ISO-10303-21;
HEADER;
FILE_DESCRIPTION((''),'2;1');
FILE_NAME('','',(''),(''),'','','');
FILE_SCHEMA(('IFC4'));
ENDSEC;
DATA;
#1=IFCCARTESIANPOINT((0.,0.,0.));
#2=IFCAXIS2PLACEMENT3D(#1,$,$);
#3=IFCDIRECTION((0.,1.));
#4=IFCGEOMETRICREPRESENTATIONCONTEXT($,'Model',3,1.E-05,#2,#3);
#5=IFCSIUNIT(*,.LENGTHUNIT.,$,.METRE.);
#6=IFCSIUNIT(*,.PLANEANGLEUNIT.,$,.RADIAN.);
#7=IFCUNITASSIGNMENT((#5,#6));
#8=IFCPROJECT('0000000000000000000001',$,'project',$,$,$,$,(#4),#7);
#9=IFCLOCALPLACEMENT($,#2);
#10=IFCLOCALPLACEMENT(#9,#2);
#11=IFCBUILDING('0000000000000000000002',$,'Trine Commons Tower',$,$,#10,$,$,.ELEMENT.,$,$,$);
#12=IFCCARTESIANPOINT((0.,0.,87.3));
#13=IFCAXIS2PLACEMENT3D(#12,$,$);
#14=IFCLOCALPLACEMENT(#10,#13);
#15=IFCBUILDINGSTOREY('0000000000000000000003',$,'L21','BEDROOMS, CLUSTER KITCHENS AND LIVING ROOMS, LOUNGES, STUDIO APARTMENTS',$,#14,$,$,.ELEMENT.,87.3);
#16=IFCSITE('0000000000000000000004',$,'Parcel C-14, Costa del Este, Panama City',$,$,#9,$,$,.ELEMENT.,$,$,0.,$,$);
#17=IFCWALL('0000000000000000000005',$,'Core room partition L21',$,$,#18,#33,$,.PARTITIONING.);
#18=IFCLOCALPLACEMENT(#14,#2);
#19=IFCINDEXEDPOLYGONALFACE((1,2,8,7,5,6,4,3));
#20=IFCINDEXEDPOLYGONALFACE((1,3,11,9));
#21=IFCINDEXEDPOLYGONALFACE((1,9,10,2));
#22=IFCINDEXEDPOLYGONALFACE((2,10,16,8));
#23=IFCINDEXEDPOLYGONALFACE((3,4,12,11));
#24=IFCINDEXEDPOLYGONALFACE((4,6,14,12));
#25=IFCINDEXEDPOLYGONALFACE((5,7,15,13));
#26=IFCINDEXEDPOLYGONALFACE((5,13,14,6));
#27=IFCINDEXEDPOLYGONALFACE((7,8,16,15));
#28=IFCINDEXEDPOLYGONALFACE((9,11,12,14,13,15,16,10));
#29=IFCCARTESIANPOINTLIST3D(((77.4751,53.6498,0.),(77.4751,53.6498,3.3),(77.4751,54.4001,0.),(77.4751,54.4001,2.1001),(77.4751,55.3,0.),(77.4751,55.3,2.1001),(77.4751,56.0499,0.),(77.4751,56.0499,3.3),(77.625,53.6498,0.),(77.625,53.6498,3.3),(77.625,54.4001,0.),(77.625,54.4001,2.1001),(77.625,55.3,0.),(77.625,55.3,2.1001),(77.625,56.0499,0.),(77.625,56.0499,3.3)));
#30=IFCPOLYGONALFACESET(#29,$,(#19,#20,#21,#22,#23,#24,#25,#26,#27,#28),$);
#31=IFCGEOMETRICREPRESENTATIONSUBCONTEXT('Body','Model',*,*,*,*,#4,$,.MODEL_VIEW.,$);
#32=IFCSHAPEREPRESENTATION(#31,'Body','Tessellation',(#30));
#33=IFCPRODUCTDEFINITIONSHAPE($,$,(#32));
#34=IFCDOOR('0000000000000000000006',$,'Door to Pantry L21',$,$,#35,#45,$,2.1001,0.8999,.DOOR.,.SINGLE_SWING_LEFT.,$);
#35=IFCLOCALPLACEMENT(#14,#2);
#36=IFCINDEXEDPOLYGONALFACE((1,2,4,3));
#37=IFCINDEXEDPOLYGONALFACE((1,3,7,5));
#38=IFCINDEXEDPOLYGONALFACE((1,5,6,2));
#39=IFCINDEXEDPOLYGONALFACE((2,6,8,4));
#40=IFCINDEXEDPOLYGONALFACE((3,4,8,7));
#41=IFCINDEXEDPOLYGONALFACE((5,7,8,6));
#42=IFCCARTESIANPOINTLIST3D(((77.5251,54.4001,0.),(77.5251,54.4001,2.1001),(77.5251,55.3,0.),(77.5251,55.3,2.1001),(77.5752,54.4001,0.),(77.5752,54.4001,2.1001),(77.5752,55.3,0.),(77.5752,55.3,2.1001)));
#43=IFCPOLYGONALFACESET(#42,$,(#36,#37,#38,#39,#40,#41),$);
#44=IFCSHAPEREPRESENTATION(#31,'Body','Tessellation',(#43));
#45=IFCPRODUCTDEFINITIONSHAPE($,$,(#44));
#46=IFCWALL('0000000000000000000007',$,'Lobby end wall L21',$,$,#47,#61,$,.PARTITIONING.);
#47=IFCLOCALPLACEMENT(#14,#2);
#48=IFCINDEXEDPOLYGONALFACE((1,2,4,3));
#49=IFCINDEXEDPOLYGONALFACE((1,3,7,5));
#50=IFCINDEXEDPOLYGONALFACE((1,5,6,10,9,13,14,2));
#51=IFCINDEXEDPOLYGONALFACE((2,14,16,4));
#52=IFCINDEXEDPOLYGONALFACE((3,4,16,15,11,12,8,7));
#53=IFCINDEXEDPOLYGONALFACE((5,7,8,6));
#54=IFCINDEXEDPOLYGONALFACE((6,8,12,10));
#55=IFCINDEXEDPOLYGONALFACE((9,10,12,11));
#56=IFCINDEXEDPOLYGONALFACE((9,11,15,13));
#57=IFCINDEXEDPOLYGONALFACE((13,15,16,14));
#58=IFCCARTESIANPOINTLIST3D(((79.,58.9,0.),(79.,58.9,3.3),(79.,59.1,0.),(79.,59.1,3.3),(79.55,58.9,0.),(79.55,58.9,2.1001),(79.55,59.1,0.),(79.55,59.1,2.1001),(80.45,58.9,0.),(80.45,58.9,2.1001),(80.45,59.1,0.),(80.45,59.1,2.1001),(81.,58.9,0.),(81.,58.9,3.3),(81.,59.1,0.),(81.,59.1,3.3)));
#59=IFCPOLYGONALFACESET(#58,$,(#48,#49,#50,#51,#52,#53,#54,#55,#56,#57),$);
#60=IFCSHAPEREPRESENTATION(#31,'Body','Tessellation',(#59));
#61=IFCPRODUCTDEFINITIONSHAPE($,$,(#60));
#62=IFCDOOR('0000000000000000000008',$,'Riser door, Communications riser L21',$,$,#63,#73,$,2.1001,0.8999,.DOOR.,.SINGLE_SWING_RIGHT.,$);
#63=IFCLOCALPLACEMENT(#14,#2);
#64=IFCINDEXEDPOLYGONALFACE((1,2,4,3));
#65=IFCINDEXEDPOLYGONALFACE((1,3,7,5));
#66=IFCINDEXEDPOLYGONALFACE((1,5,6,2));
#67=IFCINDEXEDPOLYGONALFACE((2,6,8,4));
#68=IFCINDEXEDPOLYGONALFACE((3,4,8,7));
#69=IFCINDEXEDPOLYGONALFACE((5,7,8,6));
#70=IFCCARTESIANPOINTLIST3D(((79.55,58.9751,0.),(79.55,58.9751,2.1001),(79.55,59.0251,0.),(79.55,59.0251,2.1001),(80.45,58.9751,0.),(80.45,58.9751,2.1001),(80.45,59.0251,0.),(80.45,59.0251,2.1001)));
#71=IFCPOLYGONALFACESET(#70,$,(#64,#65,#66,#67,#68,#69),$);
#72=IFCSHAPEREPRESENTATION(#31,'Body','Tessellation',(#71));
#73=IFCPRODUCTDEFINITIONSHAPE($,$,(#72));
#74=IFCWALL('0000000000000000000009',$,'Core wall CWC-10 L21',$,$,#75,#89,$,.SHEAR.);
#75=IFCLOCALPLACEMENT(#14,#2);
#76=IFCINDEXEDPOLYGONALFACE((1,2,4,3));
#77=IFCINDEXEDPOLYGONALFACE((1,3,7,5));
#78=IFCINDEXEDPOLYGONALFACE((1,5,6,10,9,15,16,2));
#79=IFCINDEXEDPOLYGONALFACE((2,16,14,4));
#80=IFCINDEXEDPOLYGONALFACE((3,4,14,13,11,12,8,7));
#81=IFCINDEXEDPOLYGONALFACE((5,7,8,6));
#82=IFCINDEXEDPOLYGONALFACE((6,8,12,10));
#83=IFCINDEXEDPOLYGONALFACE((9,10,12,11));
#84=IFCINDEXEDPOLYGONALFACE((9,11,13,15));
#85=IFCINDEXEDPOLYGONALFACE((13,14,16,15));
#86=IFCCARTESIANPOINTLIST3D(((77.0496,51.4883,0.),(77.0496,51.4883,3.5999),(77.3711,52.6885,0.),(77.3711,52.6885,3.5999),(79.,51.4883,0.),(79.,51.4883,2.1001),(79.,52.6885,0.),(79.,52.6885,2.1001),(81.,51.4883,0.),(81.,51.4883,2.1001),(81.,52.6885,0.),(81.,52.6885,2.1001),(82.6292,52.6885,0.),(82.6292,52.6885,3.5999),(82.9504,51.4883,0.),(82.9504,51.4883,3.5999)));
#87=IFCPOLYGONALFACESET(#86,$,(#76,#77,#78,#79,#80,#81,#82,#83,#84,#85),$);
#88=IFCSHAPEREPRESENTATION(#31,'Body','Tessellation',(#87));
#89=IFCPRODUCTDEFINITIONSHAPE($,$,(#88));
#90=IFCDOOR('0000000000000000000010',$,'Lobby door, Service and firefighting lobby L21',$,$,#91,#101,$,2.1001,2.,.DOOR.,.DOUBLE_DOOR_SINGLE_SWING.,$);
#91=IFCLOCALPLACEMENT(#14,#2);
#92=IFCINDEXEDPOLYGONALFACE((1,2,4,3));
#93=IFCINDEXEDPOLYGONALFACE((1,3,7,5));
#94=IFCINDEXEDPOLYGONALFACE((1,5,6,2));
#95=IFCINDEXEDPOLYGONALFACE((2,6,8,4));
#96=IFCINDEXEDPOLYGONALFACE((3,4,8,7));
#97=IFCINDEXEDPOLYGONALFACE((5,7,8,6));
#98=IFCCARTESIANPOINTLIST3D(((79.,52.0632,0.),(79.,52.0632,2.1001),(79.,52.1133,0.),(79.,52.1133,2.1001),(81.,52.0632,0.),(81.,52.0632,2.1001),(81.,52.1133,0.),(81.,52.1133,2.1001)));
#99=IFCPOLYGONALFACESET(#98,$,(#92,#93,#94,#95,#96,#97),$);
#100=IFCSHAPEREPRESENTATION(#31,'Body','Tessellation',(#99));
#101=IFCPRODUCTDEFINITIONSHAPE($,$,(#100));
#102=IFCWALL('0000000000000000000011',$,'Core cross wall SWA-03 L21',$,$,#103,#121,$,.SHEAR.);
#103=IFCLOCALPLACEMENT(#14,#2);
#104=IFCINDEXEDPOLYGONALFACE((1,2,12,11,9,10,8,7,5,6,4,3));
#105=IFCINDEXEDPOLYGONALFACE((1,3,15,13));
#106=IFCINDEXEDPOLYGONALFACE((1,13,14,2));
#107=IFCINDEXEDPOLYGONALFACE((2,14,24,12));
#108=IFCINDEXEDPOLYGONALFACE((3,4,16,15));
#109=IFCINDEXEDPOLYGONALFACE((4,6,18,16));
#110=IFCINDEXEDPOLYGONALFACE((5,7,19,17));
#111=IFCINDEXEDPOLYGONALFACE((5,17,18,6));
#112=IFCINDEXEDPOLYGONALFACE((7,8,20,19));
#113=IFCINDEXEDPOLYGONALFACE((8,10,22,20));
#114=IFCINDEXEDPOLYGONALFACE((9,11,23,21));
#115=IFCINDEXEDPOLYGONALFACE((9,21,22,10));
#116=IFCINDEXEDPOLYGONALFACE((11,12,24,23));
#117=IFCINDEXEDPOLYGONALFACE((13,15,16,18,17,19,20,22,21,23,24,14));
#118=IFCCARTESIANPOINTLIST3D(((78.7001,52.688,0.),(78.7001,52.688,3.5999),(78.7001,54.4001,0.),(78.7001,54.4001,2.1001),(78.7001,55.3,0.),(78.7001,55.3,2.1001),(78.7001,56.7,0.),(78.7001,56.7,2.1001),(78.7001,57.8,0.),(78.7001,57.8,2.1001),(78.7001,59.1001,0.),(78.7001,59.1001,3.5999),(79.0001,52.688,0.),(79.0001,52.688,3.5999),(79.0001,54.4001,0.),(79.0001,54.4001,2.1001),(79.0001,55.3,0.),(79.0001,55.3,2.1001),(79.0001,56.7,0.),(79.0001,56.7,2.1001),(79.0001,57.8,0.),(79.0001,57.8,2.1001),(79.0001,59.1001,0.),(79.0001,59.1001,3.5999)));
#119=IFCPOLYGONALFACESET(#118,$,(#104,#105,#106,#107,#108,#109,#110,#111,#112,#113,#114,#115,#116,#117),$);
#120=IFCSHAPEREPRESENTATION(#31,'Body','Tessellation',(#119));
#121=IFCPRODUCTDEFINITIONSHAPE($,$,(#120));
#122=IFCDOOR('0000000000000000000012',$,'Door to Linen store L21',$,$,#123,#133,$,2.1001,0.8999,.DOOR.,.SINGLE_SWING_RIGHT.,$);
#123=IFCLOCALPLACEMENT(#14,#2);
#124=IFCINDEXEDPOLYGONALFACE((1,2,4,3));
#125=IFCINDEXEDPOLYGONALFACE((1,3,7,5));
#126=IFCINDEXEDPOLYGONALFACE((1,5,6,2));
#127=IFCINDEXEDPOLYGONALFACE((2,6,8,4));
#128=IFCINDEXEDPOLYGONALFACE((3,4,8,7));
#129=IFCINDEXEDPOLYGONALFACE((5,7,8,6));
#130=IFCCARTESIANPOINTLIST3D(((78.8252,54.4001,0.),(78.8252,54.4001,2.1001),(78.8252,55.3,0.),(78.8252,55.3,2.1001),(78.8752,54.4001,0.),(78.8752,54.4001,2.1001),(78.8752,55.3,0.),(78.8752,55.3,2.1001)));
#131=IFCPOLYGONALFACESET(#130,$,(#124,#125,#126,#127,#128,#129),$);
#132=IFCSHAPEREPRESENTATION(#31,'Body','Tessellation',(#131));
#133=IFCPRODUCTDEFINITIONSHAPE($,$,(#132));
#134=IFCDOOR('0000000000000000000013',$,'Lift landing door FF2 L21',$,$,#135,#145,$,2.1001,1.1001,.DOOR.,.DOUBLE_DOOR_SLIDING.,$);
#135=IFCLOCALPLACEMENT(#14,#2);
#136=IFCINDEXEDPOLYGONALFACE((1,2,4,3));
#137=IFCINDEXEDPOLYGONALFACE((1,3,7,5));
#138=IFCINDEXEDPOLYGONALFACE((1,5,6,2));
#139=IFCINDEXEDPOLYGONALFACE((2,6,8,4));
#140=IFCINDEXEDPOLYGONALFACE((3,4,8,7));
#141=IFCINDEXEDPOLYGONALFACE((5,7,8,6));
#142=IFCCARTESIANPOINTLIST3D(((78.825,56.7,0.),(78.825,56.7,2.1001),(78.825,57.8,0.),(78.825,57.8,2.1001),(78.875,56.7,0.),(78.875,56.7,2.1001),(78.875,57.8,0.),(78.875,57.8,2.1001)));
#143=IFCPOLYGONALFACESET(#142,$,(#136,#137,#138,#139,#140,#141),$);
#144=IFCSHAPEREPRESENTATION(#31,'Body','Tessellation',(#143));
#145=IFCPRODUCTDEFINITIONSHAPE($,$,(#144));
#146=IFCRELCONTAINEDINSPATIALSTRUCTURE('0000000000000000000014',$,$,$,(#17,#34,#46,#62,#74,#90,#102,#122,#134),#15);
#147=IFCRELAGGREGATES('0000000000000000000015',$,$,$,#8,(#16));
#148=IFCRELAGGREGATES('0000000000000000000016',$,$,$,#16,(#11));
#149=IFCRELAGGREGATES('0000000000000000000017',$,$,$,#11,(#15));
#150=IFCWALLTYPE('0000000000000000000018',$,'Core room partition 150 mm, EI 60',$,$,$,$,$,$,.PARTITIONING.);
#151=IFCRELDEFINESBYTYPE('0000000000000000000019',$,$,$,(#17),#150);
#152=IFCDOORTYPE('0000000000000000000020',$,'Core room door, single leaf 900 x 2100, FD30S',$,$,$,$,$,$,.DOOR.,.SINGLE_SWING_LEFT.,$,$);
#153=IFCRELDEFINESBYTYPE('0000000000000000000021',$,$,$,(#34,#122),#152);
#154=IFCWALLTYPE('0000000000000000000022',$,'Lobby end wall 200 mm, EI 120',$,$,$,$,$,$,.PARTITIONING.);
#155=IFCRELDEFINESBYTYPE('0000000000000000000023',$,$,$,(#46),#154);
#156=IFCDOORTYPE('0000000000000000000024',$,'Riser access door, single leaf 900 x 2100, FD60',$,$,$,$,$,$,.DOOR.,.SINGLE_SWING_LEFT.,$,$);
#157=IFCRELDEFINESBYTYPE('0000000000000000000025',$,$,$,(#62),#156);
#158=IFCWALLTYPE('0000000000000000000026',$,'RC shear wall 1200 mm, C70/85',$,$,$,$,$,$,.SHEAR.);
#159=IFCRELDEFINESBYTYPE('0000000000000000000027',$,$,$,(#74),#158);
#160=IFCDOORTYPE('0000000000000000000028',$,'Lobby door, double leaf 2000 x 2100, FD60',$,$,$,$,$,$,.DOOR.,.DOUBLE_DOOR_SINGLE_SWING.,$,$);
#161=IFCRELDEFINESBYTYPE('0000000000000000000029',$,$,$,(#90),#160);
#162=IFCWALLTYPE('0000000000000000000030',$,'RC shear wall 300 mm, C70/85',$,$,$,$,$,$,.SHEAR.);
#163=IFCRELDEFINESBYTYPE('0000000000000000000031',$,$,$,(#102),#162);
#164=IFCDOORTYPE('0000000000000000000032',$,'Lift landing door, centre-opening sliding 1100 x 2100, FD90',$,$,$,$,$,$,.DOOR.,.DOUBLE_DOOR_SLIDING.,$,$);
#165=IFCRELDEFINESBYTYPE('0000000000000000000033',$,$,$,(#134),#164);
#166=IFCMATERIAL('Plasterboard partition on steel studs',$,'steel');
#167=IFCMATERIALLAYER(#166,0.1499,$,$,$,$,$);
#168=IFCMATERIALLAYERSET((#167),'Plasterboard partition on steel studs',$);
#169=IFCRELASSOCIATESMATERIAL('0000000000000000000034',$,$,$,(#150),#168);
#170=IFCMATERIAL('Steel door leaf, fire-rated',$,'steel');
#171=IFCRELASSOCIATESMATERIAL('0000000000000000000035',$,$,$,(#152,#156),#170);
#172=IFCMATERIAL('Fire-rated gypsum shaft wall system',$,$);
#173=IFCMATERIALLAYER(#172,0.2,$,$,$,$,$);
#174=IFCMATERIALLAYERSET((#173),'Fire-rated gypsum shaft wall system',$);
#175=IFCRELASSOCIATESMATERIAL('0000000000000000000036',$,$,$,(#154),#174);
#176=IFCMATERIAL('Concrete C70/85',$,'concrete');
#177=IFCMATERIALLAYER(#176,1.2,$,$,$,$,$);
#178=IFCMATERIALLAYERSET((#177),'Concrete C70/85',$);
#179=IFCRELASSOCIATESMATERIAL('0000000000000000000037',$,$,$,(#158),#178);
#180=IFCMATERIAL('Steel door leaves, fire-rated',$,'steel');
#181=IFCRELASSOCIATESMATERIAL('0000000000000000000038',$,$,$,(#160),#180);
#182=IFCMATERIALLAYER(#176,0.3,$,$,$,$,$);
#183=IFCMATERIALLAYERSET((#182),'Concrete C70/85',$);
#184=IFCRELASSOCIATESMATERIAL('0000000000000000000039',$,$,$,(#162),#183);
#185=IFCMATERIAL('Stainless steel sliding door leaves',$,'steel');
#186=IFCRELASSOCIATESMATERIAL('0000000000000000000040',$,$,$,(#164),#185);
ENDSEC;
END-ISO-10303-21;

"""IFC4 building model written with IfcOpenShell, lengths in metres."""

from ifc_helpers import new_model, si_unit, direction, frame, frame_2d, origin, place, context, subcontext, project, spatial, polyline, rectangle, outline, extrude, material, layer, layer_set, type_object, element, fill, save


model = new_model("IFC4")

# Units and contexts
model_context = context("Model", 3, precision=1e-05, world=origin(), true_north=direction((0.0, 1.0)))
body_context = subcontext(model_context, "Body", "Model", "MODEL_VIEW")
ifc_project = project(units=[si_unit("LENGTHUNIT", "METRE"), si_unit("PLANEANGLEUNIT", "RADIAN")], contexts=[model_context])

# Site, building, storey
site_placement = place(None, origin())
site = spatial("IfcSite", under=ifc_project, at=site_placement, Name="Parcel C-14, Costa del Este, Panama City", CompositionType="ELEMENT", RefElevation=0.0)
building_placement = place(site_placement, origin())
building = spatial("IfcBuilding", under=site, at=building_placement, Name="Trine Commons Tower", CompositionType="ELEMENT")
storey_placement = place(building_placement, frame((0.0, 0.0, 87.3)))
storey = spatial("IfcBuildingStorey", under=building, at=storey_placement, Name="L21", Description="BEDROOMS, CLUSTER KITCHENS AND LIVING ROOMS, LOUNGES, STUDIO APARTMENTS", CompositionType="ELEMENT", Elevation=87.3)

# Walls, openings, doors
ifc_material_1 = material(Name="Plasterboard partition on steel studs", Category="steel")
ifc_layer_1 = layer(ifc_material_1, 0.1499)
ifc_layer_set_1 = layer_set([ifc_layer_1], Name="Plasterboard partition on steel studs")
wall_type_1 = type_object("IfcWallType", Name="Core room partition 150 mm, EI 60", PredefinedType="PARTITIONING", material=ifc_layer_set_1)
wall_1_placement = place(storey_placement, frame((77.55, 56.05, 0.0), z_axis=(0.0, 0.0, 1.0), x_axis=(0.0, -1.0, 0.0)))
wall_1 = element("IfcWall", 1, at=wall_1_placement, inside=storey, type_object=wall_type_1, Name="Core room partition L21", PredefinedType="PARTITIONING", context=body_context, shape_type="SweptSolid", body=[
    extrude(rectangle(XDim=2.4001, YDim=0.1499, at=frame_2d((1.2002, 0.0))), origin(), (0.0, 0.0, 1.0), 3.3),
])
opening_1_placement = place(wall_1_placement, frame((0.75, 0.0, 0.0)))
opening_1 = element("IfcOpeningElement", 2, at=opening_1_placement, cuts=wall_1, PredefinedType="OPENING", context=body_context, shape_type="SweptSolid", body=[
    extrude(rectangle(XDim=0.8999, YDim=2.1001, at=frame_2d((0.45, 1.05))), frame((0.0, 0.085, 0.0), z_axis=(0.0, -1.0, 0.0), x_axis=(1.0, 0.0, 0.0)), (0.0, 0.0, 1.0), 0.1699),
])
ifc_material_2 = material(Name="Steel door leaf, fire-rated", Category="steel")
door_type_1 = type_object("IfcDoorType", Name="Core room door, single leaf 900 x 2100, FD30S", OperationType="SINGLE_SWING_LEFT", PredefinedType="DOOR", material=ifc_material_2)
door_1_placement = place(opening_1_placement, frame((0.8999, 0.0, 0.0), z_axis=(0.0, 0.0, 1.0), x_axis=(-1.0, 0.0, 0.0)))
door_1 = element("IfcDoor", 3, at=door_1_placement, inside=storey, type_object=door_type_1, Name="Door to Pantry L21", OperationType="SINGLE_SWING_LEFT", OverallHeight=2.1001, OverallWidth=0.8999, PredefinedType="DOOR", context=body_context, shape_type="SweptSolid", body=[
    extrude(rectangle(XDim=0.8999, YDim=2.1001, at=frame_2d((0.45, 1.05))), frame((0.0, 0.0249, 0.0), z_axis=(0.0, -1.0, 0.0), x_axis=(1.0, 0.0, 0.0)), (0.0, 0.0, 1.0), 0.05),
])
fill(opening_1, door_1)
ifc_material_3 = material(Name="Fire-rated gypsum shaft wall system")
ifc_layer_2 = layer(ifc_material_3, 0.2)
ifc_layer_set_2 = layer_set([ifc_layer_2], Name="Fire-rated gypsum shaft wall system")
wall_type_2 = type_object("IfcWallType", Name="Lobby end wall 200 mm, EI 120", PredefinedType="PARTITIONING", material=ifc_layer_set_2)
wall_2_placement = place(storey_placement, frame((79.0, 59.0, 0.0), z_axis=(0.0, 0.0, 1.0), x_axis=(1.0, 0.0, 0.0)))
wall_2 = element("IfcWall", 4, at=wall_2_placement, inside=storey, type_object=wall_type_2, Name="Lobby end wall L21", PredefinedType="PARTITIONING", context=body_context, shape_type="SweptSolid", body=[
    extrude(rectangle(XDim=2.0, YDim=0.2, at=frame_2d((1.0, 0.0))), origin(), (0.0, 0.0, 1.0), 3.3),
])
opening_2_placement = place(wall_2_placement, frame((0.55, 0.0, 0.0)))
opening_2 = element("IfcOpeningElement", 5, at=opening_2_placement, cuts=wall_2, PredefinedType="OPENING", context=body_context, shape_type="SweptSolid", body=[
    extrude(rectangle(XDim=0.8999, YDim=2.1001, at=frame_2d((0.45, 1.05))), frame((0.0, 0.1099, 0.0), z_axis=(0.0, -1.0, 0.0), x_axis=(1.0, 0.0, 0.0)), (0.0, 0.0, 1.0), 0.22),
])
door_type_2 = type_object("IfcDoorType", Name="Riser access door, single leaf 900 x 2100, FD60", OperationType="SINGLE_SWING_LEFT", PredefinedType="DOOR", material=ifc_material_2)
door_2_placement = place(opening_2_placement, frame((0.8999, 0.0, 0.0), z_axis=(0.0, 0.0, 1.0), x_axis=(-1.0, 0.0, 0.0)))
door_2 = element("IfcDoor", 6, at=door_2_placement, inside=storey, type_object=door_type_2, Name="Riser door, Communications riser L21", OperationType="SINGLE_SWING_RIGHT", OverallHeight=2.1001, OverallWidth=0.8999, PredefinedType="DOOR", context=body_context, shape_type="SweptSolid", body=[
    extrude(rectangle(XDim=0.8999, YDim=2.1001, at=frame_2d((0.45, 1.05))), frame((0.0, 0.0249, 0.0), z_axis=(0.0, -1.0, 0.0), x_axis=(1.0, 0.0, 0.0)), (0.0, 0.0, 1.0), 0.05),
])
fill(opening_2, door_2)
ifc_material_4 = material(Name="Concrete C70/85", Category="concrete")
ifc_layer_3 = layer(ifc_material_4, 1.2)
ifc_layer_set_3 = layer_set([ifc_layer_3], Name="Concrete C70/85")
wall_type_3 = type_object("IfcWallType", Name="RC shear wall 1200 mm, C70/85", PredefinedType="SHEAR", material=ifc_layer_set_3)
wall_3_placement = place(storey_placement, frame((77.0496, 52.0884, 0.0), z_axis=(0.0, 0.0, 1.0), x_axis=(1.0, 0.0, 0.0)))
wall_3 = element("IfcWall", 7, at=wall_3_placement, inside=storey, type_object=wall_type_3, Name="Core wall CWC-10 L21", PredefinedType="SHEAR", context=body_context, shape_type="SweptSolid", body=[
    extrude(outline(polyline([(0.0, -0.6001), (5.9009, -0.6001), (5.5796, 0.6001), (0.3215, 0.6001), (0.0, -0.6001)])), origin(), (0.0, 0.0, 1.0), 3.5999),
])
opening_3_placement = place(wall_3_placement, frame((1.9504, 0.0, 0.0)))
opening_3 = element("IfcOpeningElement", 8, at=opening_3_placement, cuts=wall_3, PredefinedType="OPENING", context=body_context, shape_type="SweptSolid", body=[
    extrude(rectangle(XDim=2.0, YDim=2.1001, at=frame_2d((1.0, 1.05))), frame((0.0, 0.6099, 0.0), z_axis=(0.0, -1.0, 0.0), x_axis=(1.0, 0.0, 0.0)), (0.0, 0.0, 1.0), 1.22),
])
ifc_material_5 = material(Name="Steel door leaves, fire-rated", Category="steel")
door_type_3 = type_object("IfcDoorType", Name="Lobby door, double leaf 2000 x 2100, FD60", OperationType="DOUBLE_DOOR_SINGLE_SWING", PredefinedType="DOOR", material=ifc_material_5)
door_3_placement = place(opening_3_placement, origin())
door_3 = element("IfcDoor", 9, at=door_3_placement, inside=storey, type_object=door_type_3, Name="Lobby door, Service and firefighting lobby L21", OperationType="DOUBLE_DOOR_SINGLE_SWING", OverallHeight=2.1001, OverallWidth=2.0, PredefinedType="DOOR", context=body_context, shape_type="SweptSolid", body=[
    extrude(rectangle(XDim=2.0, YDim=2.1001, at=frame_2d((1.0, 1.05))), frame((0.0, 0.0249, 0.0), z_axis=(0.0, -1.0, 0.0), x_axis=(1.0, 0.0, 0.0)), (0.0, 0.0, 1.0), 0.05),
])
fill(opening_3, door_3)

# Wall, openings, doors
ifc_layer_4 = layer(ifc_material_4, 0.3)
ifc_layer_set_4 = layer_set([ifc_layer_4], Name="Concrete C70/85")
wall_type_4 = type_object("IfcWallType", Name="RC shear wall 300 mm, C70/85", PredefinedType="SHEAR", material=ifc_layer_set_4)
wall_4_placement = place(storey_placement, frame((78.8501, 59.1001, 0.0), z_axis=(0.0, 0.0, 1.0), x_axis=(0.0, -1.0, 0.0)))
wall_4 = element("IfcWall", 10, at=wall_4_placement, inside=storey, type_object=wall_type_4, Name="Core cross wall SWA-03 L21", PredefinedType="SHEAR", context=body_context, shape_type="SweptSolid", body=[
    extrude(rectangle(XDim=6.4121, YDim=0.3, at=frame_2d((3.2061, 0.0))), origin(), (0.0, 0.0, 1.0), 3.5999),
])
opening_4_placement = place(wall_4_placement, frame((3.8, 0.0, 0.0)))
opening_4 = element("IfcOpeningElement", 11, at=opening_4_placement, cuts=wall_4, PredefinedType="OPENING", context=body_context, shape_type="SweptSolid", body=[
    extrude(rectangle(XDim=0.8999, YDim=2.1001, at=frame_2d((0.45, 1.05))), frame((0.0, 0.1599, 0.0), z_axis=(0.0, -1.0, 0.0), x_axis=(1.0, 0.0, 0.0)), (0.0, 0.0, 1.0), 0.3201),
])
opening_5_placement = place(wall_4_placement, frame((1.3, 0.0, 0.0)))
opening_5 = element("IfcOpeningElement", 12, at=opening_5_placement, cuts=wall_4, PredefinedType="OPENING", context=body_context, shape_type="SweptSolid", body=[
    extrude(rectangle(XDim=1.1001, YDim=2.1001, at=frame_2d((0.55, 1.05))), frame((0.0, 0.1599, 0.0), z_axis=(0.0, -1.0, 0.0), x_axis=(1.0, 0.0, 0.0)), (0.0, 0.0, 1.0), 0.3201),
])
door_4_placement = place(opening_4_placement, frame((0.8999, 0.0, 0.0), z_axis=(0.0, 0.0, 1.0), x_axis=(-1.0, 0.0, 0.0)))
door_4 = element("IfcDoor", 13, at=door_4_placement, inside=storey, type_object=door_type_1, Name="Door to Linen store L21", OperationType="SINGLE_SWING_RIGHT", OverallHeight=2.1001, OverallWidth=0.8999, PredefinedType="DOOR", context=body_context, shape_type="SweptSolid", body=[
    extrude(rectangle(XDim=0.8999, YDim=2.1001, at=frame_2d((0.45, 1.05))), frame((0.0, 0.0249, 0.0), z_axis=(0.0, -1.0, 0.0), x_axis=(1.0, 0.0, 0.0)), (0.0, 0.0, 1.0), 0.05),
])
fill(opening_4, door_4)
ifc_material_6 = material(Name="Stainless steel sliding door leaves", Category="steel")
door_type_4 = type_object("IfcDoorType", Name="Lift landing door, centre-opening sliding 1100 x 2100, FD90", OperationType="DOUBLE_DOOR_SLIDING", PredefinedType="DOOR", material=ifc_material_6)
door_5_placement = place(opening_5_placement, origin())
door_5 = element("IfcDoor", 14, at=door_5_placement, inside=storey, type_object=door_type_4, Name="Lift landing door FF2 L21", OperationType="DOUBLE_DOOR_SLIDING", OverallHeight=2.1001, OverallWidth=1.1001, PredefinedType="DOOR", context=body_context, shape_type="SweptSolid", body=[
    extrude(rectangle(XDim=1.1001, YDim=2.1001, at=frame_2d((0.55, 1.05))), frame((0.0, 0.0249, 0.0), z_axis=(0.0, -1.0, 0.0), x_axis=(1.0, 0.0, 0.0)), (0.0, 0.0, 1.0), 0.05),
])
fill(opening_5, door_5)

save(model, "model.ifc")
